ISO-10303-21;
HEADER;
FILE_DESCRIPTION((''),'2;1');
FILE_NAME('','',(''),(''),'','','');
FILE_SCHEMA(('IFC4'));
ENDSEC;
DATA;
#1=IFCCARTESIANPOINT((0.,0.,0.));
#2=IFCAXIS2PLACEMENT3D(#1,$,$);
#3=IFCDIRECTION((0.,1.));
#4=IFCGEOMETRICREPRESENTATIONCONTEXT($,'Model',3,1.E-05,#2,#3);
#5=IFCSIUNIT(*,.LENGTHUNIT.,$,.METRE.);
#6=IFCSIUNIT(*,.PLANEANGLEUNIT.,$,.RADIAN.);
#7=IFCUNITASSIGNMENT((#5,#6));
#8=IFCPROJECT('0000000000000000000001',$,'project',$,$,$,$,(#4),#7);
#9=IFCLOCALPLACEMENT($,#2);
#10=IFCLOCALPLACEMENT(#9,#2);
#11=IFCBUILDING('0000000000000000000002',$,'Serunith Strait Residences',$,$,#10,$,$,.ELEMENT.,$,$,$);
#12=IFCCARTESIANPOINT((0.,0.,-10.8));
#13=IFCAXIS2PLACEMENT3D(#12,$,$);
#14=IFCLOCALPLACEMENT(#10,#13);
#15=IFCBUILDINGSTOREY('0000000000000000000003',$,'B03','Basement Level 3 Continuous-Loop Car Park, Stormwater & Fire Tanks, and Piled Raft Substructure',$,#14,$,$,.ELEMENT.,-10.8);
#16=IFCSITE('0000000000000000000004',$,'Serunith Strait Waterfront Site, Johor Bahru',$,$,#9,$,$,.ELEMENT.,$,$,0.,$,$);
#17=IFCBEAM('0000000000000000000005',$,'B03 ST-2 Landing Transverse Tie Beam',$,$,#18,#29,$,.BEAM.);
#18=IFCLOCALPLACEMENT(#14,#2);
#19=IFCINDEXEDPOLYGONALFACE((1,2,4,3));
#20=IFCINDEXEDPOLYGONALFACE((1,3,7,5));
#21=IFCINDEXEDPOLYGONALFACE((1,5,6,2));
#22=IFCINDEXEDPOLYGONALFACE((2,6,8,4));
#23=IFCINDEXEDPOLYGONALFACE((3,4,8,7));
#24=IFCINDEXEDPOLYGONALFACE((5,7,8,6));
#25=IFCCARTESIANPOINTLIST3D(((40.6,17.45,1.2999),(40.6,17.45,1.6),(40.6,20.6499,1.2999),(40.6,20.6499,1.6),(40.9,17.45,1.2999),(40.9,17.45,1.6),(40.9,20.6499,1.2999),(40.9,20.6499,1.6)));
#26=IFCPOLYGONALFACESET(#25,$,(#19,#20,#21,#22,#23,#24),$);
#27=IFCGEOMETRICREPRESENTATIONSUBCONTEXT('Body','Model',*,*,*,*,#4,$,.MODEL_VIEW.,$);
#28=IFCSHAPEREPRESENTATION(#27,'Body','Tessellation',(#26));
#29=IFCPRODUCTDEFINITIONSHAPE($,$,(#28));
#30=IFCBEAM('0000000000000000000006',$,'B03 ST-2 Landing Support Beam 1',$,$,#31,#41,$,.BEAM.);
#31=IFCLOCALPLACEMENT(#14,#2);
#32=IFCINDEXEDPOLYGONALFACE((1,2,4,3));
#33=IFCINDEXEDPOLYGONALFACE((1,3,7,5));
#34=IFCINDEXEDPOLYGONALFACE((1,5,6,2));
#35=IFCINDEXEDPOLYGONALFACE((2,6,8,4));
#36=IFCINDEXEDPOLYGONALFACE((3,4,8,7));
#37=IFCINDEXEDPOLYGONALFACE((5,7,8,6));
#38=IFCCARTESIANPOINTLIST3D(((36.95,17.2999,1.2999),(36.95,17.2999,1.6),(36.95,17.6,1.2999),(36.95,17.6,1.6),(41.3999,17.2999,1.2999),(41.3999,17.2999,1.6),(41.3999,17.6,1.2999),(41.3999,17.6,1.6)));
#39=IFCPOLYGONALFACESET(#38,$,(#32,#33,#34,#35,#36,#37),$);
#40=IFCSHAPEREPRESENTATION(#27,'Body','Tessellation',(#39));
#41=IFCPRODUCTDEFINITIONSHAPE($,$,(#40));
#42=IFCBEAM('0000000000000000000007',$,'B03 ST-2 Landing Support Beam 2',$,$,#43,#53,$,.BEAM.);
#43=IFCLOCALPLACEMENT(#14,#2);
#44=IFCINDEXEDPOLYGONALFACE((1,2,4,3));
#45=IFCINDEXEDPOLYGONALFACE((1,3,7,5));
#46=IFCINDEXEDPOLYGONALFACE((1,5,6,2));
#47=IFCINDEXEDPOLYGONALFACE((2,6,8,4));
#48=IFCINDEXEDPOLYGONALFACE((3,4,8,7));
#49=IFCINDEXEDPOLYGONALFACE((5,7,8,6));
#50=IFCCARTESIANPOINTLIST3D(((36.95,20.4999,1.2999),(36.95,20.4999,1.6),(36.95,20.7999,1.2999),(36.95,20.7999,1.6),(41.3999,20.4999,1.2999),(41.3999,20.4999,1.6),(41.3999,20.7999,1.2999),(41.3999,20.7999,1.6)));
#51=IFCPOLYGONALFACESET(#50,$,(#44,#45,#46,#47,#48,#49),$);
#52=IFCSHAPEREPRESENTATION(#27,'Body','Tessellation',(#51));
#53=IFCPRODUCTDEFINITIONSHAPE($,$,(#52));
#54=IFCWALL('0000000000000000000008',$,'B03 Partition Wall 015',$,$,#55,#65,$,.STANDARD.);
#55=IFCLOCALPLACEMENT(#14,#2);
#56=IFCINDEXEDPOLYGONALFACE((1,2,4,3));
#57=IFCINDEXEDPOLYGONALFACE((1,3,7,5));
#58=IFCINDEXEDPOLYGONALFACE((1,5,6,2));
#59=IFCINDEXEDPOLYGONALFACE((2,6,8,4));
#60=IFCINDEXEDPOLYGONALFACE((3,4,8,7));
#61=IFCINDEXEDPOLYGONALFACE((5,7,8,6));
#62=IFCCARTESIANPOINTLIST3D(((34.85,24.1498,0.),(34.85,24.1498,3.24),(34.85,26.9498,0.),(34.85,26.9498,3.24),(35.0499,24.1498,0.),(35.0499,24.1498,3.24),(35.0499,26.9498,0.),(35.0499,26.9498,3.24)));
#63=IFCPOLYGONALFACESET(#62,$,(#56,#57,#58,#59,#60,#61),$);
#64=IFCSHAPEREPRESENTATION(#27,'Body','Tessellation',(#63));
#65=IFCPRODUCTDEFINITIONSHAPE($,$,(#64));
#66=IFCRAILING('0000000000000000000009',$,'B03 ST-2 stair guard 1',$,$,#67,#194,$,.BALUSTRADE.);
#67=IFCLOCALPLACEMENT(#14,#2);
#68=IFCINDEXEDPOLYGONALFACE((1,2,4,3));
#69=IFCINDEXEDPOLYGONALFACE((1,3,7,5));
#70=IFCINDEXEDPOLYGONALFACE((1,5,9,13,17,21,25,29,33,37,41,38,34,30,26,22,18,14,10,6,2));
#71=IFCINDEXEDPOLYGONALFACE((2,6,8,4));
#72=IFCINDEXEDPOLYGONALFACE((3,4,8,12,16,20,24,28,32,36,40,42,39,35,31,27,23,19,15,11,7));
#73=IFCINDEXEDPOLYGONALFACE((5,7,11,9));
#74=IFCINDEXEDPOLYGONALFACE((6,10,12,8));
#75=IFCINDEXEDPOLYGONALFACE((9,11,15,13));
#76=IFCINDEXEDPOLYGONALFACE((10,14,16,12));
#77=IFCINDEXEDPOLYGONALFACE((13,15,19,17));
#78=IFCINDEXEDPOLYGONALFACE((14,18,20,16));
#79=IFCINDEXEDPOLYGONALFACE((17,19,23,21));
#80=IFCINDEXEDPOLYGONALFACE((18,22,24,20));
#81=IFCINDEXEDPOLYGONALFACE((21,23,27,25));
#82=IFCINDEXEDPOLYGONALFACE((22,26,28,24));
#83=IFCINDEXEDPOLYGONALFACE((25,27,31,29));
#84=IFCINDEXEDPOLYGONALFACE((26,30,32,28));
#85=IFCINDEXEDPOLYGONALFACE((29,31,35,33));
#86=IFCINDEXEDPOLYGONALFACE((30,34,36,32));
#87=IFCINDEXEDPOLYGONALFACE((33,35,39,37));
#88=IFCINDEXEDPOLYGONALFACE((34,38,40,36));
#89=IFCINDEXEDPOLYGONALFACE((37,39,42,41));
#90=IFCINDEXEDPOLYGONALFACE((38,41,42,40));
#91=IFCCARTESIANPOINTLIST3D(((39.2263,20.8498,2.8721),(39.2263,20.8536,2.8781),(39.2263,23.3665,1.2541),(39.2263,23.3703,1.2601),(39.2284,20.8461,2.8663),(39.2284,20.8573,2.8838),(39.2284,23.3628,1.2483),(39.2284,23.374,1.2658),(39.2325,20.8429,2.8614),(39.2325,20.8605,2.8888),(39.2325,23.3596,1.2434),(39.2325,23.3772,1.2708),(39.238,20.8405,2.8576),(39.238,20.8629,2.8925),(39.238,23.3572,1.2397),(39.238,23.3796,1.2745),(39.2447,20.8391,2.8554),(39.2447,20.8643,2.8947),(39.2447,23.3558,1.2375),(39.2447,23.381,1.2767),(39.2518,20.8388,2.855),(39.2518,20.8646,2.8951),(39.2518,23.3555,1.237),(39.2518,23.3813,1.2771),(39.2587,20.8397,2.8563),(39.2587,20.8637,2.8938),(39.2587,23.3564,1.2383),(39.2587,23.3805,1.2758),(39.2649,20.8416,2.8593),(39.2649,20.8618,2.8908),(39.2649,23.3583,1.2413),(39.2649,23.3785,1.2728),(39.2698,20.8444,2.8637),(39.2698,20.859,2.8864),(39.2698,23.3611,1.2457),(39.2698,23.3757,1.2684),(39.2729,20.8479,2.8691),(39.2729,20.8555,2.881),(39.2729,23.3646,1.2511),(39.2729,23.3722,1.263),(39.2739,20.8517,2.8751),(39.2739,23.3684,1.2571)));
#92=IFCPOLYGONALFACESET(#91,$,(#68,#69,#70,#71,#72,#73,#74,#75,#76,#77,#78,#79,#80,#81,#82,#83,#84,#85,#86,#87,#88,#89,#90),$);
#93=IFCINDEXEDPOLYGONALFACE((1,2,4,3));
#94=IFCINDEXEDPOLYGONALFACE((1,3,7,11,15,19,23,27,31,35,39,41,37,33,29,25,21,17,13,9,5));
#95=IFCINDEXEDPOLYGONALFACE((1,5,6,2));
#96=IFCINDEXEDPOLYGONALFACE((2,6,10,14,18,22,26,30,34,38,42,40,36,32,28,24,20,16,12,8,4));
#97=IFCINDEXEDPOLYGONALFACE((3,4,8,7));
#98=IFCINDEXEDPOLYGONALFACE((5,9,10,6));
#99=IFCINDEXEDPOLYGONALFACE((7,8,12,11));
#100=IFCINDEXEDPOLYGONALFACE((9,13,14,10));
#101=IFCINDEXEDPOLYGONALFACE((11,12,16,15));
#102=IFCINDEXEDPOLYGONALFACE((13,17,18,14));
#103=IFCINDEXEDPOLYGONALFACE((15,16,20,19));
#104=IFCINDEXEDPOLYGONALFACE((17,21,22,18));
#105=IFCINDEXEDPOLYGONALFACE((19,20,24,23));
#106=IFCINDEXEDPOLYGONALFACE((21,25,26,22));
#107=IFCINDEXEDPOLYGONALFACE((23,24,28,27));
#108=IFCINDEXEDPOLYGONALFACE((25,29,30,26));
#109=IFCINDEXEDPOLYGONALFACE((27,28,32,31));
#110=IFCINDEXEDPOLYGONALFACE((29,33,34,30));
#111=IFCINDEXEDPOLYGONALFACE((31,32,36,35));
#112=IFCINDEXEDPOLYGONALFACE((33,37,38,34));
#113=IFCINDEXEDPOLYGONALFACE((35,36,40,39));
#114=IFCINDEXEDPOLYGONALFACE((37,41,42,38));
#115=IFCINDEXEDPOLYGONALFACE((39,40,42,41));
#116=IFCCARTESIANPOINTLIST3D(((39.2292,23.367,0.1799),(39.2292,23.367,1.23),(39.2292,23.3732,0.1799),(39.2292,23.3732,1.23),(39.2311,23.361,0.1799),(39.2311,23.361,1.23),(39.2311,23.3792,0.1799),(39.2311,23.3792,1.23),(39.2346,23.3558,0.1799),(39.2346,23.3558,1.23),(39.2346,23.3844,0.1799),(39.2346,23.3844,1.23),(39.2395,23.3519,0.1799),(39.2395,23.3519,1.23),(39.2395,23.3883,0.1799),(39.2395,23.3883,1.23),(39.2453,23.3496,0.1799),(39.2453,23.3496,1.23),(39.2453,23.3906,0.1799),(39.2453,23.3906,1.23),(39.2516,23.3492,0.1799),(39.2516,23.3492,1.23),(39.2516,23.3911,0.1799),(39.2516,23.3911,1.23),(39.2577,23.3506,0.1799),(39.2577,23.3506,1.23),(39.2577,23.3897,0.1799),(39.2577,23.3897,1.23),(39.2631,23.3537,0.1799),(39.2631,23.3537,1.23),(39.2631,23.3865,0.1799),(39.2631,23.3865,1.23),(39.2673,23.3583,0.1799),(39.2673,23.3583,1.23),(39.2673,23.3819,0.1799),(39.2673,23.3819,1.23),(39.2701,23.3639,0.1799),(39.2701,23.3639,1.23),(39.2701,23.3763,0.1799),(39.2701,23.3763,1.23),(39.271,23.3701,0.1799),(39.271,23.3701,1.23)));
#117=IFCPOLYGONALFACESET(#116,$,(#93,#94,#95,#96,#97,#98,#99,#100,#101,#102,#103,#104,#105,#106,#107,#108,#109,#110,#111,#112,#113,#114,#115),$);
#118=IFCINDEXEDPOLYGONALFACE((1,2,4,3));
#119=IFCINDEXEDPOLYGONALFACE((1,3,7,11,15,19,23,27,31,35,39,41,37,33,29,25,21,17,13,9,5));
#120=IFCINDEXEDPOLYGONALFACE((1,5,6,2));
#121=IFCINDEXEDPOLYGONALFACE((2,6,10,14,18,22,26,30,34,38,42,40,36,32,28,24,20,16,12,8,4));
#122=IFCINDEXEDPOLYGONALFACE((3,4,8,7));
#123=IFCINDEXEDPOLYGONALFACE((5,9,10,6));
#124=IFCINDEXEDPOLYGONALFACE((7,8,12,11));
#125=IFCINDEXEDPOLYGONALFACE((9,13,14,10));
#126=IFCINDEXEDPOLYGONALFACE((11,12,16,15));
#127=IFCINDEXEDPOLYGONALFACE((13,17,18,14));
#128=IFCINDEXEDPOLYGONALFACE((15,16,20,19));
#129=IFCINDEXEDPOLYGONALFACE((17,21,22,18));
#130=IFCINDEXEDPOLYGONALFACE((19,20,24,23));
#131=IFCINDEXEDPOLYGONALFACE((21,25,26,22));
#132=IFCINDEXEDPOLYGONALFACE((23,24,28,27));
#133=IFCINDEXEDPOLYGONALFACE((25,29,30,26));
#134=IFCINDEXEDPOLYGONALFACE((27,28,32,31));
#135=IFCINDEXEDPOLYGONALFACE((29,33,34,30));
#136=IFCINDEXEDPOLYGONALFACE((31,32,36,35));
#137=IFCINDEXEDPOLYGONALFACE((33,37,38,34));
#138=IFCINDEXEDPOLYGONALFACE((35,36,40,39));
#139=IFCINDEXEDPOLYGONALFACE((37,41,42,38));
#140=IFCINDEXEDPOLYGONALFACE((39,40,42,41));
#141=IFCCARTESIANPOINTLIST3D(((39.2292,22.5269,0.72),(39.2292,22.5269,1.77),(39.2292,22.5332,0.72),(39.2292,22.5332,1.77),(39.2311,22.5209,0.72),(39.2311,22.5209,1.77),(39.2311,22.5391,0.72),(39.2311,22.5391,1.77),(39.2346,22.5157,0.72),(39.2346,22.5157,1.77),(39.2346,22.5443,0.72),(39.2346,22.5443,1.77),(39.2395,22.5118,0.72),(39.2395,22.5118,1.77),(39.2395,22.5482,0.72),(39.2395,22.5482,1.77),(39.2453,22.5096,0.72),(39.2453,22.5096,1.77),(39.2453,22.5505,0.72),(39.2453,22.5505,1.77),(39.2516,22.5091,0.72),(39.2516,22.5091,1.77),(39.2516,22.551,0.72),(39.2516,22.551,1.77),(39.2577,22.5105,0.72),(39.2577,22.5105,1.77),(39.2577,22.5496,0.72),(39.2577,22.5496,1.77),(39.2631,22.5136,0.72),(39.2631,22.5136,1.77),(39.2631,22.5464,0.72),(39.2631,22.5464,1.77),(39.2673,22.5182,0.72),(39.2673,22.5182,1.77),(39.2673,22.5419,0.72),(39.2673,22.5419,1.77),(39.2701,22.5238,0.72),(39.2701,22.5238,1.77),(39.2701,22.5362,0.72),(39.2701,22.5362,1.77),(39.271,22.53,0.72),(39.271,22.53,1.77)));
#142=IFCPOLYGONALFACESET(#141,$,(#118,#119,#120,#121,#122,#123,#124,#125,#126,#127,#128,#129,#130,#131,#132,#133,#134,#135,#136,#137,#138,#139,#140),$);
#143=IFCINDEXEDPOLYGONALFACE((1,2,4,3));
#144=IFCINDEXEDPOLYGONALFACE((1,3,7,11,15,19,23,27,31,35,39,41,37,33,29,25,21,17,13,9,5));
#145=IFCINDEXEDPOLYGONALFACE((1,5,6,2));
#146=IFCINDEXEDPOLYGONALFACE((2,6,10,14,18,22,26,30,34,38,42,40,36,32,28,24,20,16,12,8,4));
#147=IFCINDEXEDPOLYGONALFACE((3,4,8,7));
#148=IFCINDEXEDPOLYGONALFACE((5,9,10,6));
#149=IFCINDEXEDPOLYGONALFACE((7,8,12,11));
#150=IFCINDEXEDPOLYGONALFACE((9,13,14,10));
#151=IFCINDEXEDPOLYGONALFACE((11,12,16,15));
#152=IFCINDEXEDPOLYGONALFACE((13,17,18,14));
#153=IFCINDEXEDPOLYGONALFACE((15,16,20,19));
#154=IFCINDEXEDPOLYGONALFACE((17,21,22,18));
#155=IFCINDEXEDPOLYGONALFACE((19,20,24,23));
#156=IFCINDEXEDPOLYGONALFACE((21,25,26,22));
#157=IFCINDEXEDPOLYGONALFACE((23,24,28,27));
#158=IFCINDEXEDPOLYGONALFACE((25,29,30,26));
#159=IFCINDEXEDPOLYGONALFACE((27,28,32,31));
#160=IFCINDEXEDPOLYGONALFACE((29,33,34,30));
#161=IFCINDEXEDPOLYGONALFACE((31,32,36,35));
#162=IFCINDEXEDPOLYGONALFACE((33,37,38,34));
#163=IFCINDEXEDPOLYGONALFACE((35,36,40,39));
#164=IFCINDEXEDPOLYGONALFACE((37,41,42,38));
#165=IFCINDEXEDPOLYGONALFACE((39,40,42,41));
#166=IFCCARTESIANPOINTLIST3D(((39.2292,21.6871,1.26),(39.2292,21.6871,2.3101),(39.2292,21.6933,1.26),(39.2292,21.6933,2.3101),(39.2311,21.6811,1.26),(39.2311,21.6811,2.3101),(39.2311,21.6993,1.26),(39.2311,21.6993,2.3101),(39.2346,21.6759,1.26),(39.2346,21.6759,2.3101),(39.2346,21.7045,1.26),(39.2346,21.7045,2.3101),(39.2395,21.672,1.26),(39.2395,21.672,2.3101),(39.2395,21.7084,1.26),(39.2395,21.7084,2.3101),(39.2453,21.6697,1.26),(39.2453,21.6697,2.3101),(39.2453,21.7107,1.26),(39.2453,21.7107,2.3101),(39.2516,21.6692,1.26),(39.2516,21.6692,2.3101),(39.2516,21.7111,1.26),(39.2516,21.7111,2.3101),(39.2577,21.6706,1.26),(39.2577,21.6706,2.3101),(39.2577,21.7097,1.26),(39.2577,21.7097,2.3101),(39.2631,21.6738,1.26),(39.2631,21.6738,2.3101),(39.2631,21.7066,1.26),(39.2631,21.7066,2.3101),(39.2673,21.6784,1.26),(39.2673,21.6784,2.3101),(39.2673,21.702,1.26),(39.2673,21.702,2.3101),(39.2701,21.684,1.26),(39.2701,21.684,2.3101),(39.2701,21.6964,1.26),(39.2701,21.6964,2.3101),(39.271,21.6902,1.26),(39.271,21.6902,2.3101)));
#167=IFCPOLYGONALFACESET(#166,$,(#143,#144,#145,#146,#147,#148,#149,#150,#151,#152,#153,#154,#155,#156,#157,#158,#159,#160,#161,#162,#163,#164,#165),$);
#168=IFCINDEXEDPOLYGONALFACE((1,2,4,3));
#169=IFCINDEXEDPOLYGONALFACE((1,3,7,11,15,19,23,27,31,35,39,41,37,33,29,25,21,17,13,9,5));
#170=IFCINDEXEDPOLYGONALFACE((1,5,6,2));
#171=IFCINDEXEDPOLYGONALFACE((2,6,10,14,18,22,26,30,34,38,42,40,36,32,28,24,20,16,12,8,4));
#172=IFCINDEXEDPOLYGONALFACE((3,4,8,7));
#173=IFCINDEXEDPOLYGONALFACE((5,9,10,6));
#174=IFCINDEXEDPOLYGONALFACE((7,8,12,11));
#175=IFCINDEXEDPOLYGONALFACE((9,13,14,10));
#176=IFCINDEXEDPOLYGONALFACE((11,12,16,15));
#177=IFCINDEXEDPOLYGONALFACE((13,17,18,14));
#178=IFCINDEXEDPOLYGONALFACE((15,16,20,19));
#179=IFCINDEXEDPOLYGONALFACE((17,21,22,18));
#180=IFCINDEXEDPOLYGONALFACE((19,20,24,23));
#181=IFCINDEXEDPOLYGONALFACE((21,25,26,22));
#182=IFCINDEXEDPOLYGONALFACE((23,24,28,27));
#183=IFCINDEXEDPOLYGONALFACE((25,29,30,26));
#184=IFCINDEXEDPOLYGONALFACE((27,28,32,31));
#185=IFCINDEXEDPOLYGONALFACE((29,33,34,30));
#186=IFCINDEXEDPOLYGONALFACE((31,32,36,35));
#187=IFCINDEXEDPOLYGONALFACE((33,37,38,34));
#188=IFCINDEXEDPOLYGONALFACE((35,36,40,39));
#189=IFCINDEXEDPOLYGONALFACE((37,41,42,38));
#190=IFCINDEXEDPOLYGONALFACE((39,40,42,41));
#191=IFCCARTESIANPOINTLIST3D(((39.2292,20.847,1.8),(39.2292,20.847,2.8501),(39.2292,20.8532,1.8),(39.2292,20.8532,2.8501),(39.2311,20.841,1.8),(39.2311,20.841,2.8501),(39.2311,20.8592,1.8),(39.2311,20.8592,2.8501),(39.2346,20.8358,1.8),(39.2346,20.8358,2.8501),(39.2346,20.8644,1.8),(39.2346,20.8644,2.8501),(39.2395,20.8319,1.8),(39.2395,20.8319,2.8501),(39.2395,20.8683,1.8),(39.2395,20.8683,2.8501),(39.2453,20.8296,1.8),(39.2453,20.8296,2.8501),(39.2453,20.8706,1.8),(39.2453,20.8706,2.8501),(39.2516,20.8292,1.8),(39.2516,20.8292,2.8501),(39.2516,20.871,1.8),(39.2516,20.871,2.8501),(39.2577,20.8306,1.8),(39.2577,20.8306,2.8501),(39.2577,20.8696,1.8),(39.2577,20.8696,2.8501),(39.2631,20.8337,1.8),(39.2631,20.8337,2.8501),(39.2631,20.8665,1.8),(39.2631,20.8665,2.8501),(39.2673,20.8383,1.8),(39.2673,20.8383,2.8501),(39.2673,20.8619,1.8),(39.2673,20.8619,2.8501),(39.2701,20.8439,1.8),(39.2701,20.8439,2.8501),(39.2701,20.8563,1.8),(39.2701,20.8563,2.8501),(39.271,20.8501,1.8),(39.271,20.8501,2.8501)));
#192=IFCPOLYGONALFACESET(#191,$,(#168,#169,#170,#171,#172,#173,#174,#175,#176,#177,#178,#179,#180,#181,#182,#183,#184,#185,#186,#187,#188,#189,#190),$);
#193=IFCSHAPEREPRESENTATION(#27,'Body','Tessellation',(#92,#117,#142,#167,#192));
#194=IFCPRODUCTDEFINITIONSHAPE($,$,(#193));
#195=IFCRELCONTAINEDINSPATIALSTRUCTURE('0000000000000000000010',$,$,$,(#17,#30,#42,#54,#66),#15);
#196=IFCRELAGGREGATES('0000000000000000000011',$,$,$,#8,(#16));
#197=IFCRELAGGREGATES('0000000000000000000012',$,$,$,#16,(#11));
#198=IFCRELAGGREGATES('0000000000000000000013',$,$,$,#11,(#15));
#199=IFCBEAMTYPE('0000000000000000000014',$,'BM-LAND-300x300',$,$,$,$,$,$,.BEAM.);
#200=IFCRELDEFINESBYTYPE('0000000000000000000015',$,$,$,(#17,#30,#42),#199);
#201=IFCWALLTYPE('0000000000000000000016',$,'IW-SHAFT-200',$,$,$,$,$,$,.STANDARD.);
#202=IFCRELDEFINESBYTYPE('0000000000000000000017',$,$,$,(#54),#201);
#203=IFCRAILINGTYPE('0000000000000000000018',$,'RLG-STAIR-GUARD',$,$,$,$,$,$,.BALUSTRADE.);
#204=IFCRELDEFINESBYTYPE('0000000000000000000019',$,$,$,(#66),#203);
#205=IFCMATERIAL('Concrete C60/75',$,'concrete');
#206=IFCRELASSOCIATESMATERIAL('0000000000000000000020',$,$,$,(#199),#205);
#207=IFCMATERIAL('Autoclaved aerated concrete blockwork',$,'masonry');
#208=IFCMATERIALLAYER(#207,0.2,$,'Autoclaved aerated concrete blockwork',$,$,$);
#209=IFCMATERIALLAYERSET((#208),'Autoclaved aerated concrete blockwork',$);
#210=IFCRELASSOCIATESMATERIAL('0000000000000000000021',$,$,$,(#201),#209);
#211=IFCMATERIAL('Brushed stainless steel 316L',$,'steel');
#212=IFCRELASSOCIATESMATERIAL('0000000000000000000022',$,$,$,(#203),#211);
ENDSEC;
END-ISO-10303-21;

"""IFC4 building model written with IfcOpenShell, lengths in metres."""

from ifc_helpers import new_model, si_unit, direction, frame, frame_2d, origin, origin_2d, place, context, subcontext, project, spatial, rectangle, circle, extrude, source, transform, mapped, material, layer, layer_set, material_profile, profile_set, type_object, element, save


model = new_model("IFC4")

# Units and contexts
model_context = context("Model", 3, precision=1e-05, world=origin(), true_north=direction((0.0, 1.0)))
body_context = subcontext(model_context, "Body", "Model", "MODEL_VIEW")
ifc_project = project(units=[si_unit("LENGTHUNIT", "METRE"), si_unit("PLANEANGLEUNIT", "RADIAN")], contexts=[model_context])

# Site, building, storey
site_placement = place(None, origin())
site = spatial("IfcSite", under=ifc_project, at=site_placement, Name="Serunith Strait Waterfront Site, Johor Bahru", CompositionType="ELEMENT", RefElevation=0.0)
building_placement = place(site_placement, origin())
building = spatial("IfcBuilding", under=site, at=building_placement, Name="Serunith Strait Residences", CompositionType="ELEMENT")
storey_placement = place(building_placement, frame((0.0, 0.0, -10.8)))
storey = spatial("IfcBuildingStorey", under=building, at=storey_placement, Name="B03", Description="Basement Level 3 Continuous-Loop Car Park, Stormwater & Fire Tanks, and Piled Raft Substructure", CompositionType="ELEMENT", Elevation=-10.8)

# Beams
ifc_material_1 = material(Name="Concrete C60/75", Category="concrete")
ifc_material_profile_1 = material_profile(ifc_material_1, rectangle(XDim=0.3, YDim=0.3, at=origin_2d()), Name="RC 300x300")
ifc_profile_set_1 = profile_set([ifc_material_profile_1], Name="Concrete C60/75")
beam_type = type_object("IfcBeamType", Name="BM-LAND-300x300", PredefinedType="BEAM", material=ifc_profile_set_1)
shared_shape_1 = source(origin(), body_context, "Body", "SweptSolid", [
    extrude(rectangle(XDim=0.3, YDim=0.3, at=origin_2d()), origin(), (0.0, 0.0, 1.0), 3.2),
])
beam_placement = place(storey_placement, frame((40.75, 17.45, 1.45), z_axis=(0.0, 1.0, 0.0), x_axis=(-1.0, 0.0, 0.0)))
element("IfcBeam", 1, at=beam_placement, inside=storey, type_object=beam_type, Name="B03 ST-2 Landing Transverse Tie Beam", PredefinedType="BEAM", context=body_context, shape_type="MappedRepresentation", body=[
    mapped(shared_shape_1, transform((0.0, 0.0, 0.0), scale=1.0)),
])
shared_shape_2 = source(origin(), body_context, "Body", "SweptSolid", [
    extrude(rectangle(XDim=0.3, YDim=0.3, at=origin_2d()), origin(), (0.0, 0.0, 1.0), 4.45),
])
for number, where, z_axis, x_axis, name in (
    (2, (36.95, 17.45, 1.45), (1.0, 0.0, 0.0), (0.0, 1.0, 0.0), "B03 ST-2 Landing Support Beam 1"),
    (3, (36.95, 20.6499, 1.45), (1.0, 0.0, 0.0), (0.0, 1.0, 0.0), "B03 ST-2 Landing Support Beam 2"),
):
    element("IfcBeam", number, at=place(storey_placement, frame(where, z_axis=z_axis, x_axis=x_axis)), inside=storey, type_object=beam_type, Name=name, PredefinedType="BEAM", context=body_context, shape_type="MappedRepresentation", body=[
        mapped(shared_shape_2, transform((0.0, 0.0, 0.0), scale=1.0)),
    ])

# Wall
ifc_material_2 = material(Name="Autoclaved aerated concrete blockwork", Category="masonry")
ifc_layer = layer(ifc_material_2, 0.2, Name="Autoclaved aerated concrete blockwork")
ifc_layer_set = layer_set([ifc_layer], Name="Autoclaved aerated concrete blockwork")
wall_type = type_object("IfcWallType", Name="IW-SHAFT-200", PredefinedType="STANDARD", material=ifc_layer_set)
wall_placement = place(storey_placement, frame((34.95, 24.1499, 0.0), z_axis=(0.0, 0.0, 1.0), x_axis=(0.0, 1.0, 0.0)))
element("IfcWall", 4, at=wall_placement, inside=storey, type_object=wall_type, Name="B03 Partition Wall 015", PredefinedType="STANDARD", context=body_context, shape_type="SweptSolid", body=[
    extrude(rectangle(XDim=2.8, YDim=0.2, at=frame_2d((1.3999, 0.0))), origin(), (0.0, 0.0, 1.0), 3.24),
])

# Railing
ifc_material_3 = material(Name="Brushed stainless steel 316L", Category="steel")
railing_type_1 = type_object("IfcRailingType", Name="RLG-STAIR-GUARD", PredefinedType="BALUSTRADE", material=ifc_material_3)
railing_1_placement = place(storey_placement, frame((39.25, 23.3701, 0.1799)))
element("IfcRailing", 5, at=railing_1_placement, inside=storey, type_object=railing_type_1, Name="B03 ST-2 stair guard 1", PredefinedType="BALUSTRADE", context=body_context, shape_type="SweptSolid", body=[
    extrude(circle(Radius=0.0239, at=origin_2d()), frame((0.0, -0.0017, 1.0771), z_axis=(0.0, -0.841163, 0.540782), x_axis=(1.0, 0.0, 0.0)), (0.0, 0.0, 1.0), 2.9919),
    extrude(circle(Radius=0.021, at=origin_2d()), origin(), (0.0, 0.0, 1.0), 1.05),
    extrude(circle(Radius=0.021, at=origin_2d()), frame((0.0, -0.8401, 0.54)), (0.0, 0.0, 1.0), 1.05),
    extrude(circle(Radius=0.021, at=origin_2d()), frame((0.0, -1.6799, 1.0801)), (0.0, 0.0, 1.0), 1.05),
    extrude(circle(Radius=0.021, at=origin_2d()), frame((0.0, -2.52, 1.6201)), (0.0, 0.0, 1.0), 1.05),
])

save(model, "model.ifc")
